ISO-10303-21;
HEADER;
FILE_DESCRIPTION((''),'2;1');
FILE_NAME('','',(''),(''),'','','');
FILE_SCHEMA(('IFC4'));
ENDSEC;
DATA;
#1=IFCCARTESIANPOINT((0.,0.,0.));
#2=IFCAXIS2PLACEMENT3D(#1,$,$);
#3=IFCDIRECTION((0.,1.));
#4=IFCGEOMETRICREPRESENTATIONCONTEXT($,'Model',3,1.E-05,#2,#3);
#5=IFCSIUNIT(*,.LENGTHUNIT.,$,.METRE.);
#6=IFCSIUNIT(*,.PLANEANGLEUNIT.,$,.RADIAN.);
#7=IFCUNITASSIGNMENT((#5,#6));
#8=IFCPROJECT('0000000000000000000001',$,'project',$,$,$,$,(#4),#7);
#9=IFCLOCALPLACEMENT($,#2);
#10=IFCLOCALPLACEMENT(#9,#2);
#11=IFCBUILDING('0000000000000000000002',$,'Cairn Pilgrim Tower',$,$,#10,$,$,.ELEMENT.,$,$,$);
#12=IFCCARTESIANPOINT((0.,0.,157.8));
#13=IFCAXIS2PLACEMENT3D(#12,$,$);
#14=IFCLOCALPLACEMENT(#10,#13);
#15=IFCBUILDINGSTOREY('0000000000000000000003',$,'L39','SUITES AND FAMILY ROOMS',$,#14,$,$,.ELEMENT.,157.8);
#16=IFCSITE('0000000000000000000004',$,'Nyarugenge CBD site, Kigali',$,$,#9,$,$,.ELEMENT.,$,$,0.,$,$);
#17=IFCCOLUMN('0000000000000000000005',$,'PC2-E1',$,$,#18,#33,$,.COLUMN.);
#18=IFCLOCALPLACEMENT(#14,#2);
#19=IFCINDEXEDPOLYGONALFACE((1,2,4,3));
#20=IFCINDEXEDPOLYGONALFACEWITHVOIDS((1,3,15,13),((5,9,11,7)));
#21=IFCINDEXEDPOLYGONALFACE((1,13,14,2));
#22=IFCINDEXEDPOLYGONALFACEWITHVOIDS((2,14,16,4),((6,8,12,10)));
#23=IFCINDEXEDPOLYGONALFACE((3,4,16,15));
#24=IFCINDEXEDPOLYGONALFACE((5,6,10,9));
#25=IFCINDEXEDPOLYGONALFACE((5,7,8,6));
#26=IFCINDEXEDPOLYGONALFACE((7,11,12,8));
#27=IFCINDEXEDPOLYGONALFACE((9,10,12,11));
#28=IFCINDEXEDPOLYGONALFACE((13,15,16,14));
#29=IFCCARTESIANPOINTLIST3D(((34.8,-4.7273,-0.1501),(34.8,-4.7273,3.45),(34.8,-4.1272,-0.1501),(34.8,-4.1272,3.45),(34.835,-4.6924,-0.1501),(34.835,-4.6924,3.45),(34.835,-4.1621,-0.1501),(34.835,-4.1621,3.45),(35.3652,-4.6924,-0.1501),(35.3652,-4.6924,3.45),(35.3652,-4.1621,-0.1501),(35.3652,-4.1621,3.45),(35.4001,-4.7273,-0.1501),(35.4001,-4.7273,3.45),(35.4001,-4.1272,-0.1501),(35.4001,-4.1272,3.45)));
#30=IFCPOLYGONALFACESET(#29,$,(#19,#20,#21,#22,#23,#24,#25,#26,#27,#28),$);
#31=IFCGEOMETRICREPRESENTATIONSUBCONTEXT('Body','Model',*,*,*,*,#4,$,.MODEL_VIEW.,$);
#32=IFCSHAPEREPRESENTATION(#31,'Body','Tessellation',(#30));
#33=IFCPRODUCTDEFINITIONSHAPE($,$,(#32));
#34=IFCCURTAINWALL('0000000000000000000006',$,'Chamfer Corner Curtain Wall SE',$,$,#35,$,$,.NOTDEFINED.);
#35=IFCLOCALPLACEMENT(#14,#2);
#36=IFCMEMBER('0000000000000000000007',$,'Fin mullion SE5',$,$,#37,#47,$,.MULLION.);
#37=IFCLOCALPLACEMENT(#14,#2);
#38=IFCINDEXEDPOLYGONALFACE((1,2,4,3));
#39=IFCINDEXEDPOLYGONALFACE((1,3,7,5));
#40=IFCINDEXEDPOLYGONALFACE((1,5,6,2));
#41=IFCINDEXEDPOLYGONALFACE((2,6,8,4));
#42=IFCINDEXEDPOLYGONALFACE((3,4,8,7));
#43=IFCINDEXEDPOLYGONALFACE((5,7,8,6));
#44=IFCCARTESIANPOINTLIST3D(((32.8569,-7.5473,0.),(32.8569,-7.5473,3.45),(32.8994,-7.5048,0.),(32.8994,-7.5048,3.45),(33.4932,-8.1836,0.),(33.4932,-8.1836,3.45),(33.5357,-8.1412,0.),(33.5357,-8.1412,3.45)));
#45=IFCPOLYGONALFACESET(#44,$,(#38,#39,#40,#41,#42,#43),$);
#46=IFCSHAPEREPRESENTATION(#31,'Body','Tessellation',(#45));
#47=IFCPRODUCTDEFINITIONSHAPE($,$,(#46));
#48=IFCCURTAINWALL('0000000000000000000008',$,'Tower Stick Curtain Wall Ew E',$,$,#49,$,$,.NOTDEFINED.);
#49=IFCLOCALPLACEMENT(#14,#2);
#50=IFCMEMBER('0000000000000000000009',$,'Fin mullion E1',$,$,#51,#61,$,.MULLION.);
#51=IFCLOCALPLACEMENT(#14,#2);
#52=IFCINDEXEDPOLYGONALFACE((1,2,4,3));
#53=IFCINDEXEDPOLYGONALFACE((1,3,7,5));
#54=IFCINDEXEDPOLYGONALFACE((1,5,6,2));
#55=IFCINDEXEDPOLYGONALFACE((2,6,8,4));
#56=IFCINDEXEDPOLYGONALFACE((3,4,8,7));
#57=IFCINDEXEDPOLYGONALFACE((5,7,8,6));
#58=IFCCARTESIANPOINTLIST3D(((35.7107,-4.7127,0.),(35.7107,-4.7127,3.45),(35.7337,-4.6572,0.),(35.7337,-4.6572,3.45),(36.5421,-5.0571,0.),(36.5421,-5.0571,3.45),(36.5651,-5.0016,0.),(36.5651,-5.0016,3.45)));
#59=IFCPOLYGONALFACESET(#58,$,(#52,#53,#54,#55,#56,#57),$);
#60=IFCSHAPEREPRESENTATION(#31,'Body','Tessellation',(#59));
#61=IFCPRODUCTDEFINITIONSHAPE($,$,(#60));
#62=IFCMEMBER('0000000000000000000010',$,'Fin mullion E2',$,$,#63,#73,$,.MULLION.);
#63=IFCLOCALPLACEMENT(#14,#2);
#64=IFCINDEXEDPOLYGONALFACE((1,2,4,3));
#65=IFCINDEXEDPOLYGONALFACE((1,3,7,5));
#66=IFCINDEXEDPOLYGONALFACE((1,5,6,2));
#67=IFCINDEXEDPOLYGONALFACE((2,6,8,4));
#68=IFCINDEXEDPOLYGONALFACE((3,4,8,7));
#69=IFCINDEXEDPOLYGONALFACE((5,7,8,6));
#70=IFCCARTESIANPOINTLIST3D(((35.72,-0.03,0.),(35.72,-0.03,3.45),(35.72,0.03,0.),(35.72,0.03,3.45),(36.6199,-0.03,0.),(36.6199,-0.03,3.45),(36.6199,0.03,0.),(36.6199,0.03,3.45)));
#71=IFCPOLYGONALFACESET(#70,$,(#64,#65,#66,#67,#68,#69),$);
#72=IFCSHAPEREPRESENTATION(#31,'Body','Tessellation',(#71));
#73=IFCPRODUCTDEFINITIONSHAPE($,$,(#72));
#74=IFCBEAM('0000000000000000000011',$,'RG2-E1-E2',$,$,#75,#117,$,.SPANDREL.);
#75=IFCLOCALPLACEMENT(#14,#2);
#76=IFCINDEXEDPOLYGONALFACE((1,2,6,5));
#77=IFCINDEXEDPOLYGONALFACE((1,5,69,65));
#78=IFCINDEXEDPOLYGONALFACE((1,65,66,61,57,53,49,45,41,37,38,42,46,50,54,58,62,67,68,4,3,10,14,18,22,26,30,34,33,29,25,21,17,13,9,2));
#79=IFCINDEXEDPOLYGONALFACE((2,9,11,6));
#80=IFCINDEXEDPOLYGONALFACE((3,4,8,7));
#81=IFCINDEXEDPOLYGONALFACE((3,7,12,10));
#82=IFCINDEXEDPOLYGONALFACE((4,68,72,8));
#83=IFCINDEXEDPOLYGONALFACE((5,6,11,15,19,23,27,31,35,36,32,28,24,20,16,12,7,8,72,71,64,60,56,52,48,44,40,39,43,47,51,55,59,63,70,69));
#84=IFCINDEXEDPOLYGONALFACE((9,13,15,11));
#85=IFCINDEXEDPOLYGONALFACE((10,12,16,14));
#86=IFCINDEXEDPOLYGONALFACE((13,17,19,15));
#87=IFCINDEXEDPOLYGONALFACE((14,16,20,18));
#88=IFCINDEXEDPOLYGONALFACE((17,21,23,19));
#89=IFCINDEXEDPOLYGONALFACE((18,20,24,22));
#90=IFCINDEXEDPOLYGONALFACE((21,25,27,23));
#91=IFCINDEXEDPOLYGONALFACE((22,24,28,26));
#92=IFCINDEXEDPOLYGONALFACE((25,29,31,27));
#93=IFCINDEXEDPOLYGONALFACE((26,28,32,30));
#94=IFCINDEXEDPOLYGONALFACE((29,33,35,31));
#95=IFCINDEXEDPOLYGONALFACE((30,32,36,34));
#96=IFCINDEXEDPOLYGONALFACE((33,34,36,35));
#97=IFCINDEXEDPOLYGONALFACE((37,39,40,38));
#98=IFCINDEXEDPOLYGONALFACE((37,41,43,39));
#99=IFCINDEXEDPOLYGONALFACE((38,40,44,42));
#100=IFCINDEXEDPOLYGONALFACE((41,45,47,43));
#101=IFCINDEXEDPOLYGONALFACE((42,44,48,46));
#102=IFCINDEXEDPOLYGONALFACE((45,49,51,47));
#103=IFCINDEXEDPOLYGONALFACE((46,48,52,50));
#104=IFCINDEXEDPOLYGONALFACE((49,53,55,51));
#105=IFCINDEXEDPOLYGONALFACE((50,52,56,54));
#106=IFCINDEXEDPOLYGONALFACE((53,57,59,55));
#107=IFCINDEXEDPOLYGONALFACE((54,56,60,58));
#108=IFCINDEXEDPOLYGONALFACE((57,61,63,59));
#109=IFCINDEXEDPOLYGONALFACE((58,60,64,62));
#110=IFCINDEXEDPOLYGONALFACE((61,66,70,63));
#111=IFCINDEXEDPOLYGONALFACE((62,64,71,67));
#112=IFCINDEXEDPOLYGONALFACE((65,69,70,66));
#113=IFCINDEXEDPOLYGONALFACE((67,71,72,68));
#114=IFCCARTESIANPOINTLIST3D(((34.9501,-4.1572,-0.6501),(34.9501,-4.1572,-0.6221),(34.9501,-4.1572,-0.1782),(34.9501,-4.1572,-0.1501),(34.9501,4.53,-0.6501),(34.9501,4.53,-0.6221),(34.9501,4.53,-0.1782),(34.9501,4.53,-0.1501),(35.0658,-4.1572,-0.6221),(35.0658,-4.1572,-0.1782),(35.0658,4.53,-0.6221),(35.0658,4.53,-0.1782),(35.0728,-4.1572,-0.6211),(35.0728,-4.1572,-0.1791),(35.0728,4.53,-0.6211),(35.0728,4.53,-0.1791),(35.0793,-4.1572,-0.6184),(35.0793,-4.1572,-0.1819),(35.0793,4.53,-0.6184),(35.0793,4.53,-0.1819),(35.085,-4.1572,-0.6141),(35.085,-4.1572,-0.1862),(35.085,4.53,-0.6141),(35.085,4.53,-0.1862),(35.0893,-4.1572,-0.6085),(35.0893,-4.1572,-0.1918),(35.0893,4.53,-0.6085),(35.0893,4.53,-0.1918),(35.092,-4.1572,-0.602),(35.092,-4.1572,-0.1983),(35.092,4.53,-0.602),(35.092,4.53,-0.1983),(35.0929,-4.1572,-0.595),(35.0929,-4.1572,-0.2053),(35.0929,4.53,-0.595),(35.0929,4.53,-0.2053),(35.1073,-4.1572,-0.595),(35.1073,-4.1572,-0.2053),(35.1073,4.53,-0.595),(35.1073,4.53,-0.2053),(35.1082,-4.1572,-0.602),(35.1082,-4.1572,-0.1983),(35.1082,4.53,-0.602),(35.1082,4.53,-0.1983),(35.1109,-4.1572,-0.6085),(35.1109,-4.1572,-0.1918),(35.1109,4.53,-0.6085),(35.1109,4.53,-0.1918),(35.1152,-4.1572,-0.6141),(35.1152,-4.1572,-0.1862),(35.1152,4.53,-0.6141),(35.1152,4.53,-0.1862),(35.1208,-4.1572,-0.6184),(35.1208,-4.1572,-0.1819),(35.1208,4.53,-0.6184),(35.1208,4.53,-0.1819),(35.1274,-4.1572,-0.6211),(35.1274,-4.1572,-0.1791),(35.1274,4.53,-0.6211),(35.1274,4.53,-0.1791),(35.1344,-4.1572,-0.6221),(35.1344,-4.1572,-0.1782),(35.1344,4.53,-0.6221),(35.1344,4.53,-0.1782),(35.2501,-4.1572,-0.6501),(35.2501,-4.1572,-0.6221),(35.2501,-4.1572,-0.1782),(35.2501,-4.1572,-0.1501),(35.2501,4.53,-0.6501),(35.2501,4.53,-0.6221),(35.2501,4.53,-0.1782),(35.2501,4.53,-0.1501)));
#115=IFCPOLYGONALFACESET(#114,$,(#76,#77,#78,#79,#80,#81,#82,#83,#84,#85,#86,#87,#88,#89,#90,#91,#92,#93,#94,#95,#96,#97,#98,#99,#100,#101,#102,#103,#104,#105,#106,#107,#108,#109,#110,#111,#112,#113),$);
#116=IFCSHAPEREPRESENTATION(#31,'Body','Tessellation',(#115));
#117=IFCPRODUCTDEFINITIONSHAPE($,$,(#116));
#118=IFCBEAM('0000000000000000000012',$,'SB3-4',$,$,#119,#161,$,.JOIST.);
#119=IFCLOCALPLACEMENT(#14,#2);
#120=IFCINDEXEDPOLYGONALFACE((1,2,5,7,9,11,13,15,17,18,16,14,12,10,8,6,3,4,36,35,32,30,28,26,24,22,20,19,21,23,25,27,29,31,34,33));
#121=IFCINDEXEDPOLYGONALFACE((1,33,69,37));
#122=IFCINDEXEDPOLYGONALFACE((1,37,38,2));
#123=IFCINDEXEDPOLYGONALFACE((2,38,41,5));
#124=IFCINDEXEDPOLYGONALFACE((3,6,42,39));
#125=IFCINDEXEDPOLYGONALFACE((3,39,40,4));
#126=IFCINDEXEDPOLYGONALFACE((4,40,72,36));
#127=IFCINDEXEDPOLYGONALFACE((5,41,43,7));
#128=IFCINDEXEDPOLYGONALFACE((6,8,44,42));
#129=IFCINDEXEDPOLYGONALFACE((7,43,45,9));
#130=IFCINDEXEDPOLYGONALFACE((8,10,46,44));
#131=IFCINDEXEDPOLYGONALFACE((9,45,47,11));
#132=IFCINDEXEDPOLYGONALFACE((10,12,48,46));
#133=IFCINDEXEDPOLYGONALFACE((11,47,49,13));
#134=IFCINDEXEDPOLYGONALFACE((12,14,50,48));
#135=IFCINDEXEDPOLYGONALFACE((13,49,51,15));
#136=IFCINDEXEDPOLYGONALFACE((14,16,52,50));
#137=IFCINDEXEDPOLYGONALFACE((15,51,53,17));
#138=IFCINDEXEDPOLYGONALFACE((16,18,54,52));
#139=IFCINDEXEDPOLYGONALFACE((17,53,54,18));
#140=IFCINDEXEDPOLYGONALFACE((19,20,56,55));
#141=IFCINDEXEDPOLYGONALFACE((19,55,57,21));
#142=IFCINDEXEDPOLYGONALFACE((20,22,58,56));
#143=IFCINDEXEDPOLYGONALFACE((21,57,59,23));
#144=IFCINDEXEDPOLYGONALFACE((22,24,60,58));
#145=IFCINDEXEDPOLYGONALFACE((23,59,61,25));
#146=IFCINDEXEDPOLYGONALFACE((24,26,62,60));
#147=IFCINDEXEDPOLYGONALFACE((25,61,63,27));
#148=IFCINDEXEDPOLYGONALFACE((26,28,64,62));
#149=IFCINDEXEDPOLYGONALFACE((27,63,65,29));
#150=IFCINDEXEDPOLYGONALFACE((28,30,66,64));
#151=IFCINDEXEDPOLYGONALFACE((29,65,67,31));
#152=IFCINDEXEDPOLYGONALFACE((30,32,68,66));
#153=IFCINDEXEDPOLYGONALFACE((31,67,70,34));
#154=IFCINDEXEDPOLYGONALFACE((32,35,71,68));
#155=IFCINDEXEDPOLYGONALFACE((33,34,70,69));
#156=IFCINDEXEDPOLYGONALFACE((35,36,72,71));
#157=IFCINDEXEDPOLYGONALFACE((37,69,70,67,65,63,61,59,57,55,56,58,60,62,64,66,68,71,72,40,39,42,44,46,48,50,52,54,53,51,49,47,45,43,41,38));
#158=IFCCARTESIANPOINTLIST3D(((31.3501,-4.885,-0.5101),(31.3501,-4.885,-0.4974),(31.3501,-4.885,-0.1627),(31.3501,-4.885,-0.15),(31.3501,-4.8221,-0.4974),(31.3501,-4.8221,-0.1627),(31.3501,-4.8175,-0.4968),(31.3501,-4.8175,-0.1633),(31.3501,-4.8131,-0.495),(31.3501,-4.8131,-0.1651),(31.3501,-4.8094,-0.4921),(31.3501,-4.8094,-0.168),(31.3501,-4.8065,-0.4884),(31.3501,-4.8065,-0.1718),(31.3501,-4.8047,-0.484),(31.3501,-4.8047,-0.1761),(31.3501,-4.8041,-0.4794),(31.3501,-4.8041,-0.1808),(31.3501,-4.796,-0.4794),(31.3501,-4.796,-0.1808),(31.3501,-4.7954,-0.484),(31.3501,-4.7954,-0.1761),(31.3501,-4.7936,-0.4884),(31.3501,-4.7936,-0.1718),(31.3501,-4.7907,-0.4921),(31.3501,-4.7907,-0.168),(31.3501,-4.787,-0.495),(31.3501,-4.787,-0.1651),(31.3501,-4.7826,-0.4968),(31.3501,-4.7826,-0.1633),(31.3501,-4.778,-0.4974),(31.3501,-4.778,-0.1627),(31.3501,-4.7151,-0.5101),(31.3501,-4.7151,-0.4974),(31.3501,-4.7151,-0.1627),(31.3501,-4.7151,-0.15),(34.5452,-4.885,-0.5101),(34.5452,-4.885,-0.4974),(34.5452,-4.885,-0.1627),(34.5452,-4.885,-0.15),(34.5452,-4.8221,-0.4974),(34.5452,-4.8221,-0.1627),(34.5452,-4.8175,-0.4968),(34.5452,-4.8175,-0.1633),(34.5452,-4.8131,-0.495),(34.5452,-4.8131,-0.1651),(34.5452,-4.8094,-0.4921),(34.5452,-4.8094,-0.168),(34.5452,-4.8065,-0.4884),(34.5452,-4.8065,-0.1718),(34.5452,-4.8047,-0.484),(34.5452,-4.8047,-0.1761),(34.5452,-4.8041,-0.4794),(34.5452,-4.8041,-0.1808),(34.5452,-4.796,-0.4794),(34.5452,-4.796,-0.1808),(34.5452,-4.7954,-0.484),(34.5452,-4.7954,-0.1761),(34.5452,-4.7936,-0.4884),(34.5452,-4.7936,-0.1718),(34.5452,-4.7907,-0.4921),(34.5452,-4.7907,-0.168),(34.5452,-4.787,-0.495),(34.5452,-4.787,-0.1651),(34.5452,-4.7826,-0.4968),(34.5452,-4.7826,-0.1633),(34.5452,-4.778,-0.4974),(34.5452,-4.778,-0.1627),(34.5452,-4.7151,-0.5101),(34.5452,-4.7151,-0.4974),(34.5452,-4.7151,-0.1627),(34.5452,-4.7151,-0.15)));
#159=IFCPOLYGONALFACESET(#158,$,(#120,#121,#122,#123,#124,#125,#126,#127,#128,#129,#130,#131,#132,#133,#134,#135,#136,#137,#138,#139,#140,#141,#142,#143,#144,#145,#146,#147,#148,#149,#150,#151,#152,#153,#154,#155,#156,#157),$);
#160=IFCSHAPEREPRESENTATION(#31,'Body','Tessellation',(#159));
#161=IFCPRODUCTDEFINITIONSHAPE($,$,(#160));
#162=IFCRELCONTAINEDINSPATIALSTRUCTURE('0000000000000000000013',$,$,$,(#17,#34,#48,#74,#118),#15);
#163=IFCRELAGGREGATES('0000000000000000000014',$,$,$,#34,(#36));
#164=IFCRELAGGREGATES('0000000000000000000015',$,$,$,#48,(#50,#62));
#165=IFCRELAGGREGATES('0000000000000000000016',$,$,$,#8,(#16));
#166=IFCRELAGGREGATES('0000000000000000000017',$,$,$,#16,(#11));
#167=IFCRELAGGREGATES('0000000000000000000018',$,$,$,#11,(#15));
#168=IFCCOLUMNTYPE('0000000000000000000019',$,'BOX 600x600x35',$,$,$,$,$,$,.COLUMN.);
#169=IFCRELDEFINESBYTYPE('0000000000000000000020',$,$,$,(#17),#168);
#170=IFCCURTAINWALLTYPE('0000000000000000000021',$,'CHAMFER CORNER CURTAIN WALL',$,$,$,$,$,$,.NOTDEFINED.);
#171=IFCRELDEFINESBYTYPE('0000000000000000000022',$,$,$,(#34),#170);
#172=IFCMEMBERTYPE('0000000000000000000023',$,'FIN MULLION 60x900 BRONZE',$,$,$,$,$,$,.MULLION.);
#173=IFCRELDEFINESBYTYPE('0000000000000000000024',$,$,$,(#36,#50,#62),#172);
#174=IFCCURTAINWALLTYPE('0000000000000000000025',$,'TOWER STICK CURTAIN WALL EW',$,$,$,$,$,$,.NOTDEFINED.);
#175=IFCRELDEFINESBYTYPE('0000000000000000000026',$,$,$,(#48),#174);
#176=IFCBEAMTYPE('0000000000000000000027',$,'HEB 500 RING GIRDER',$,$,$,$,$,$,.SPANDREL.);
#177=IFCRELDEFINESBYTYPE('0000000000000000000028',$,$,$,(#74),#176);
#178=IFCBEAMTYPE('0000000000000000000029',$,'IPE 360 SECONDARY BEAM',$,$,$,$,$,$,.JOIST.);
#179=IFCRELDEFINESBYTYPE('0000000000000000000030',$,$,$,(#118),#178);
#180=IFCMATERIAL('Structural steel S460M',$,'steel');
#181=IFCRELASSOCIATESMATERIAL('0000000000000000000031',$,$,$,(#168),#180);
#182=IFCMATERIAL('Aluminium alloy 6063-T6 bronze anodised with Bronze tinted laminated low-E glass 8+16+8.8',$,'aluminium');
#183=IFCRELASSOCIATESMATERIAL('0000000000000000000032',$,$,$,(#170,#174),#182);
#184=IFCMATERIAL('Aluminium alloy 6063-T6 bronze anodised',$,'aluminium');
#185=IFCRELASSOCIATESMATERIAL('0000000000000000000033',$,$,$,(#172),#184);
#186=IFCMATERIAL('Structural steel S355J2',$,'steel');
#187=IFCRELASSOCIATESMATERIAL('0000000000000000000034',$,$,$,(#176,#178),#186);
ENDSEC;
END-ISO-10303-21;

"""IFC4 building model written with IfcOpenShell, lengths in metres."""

from ifc_helpers import new_model, si_unit, direction, frame, origin, origin_2d, place, context, subcontext, project, spatial, rectangle, hollow_rectangle, i_section, extrude, material, material_profile, profile_set, type_object, element, aggregate, save


model = new_model("IFC4")

# Units and contexts
model_context = context("Model", 3, precision=1e-05, world=origin(), true_north=direction((0.0, 1.0)))
body_context = subcontext(model_context, "Body", "Model", "MODEL_VIEW")
ifc_project = project(units=[si_unit("LENGTHUNIT", "METRE"), si_unit("PLANEANGLEUNIT", "RADIAN")], contexts=[model_context])

# Site, building, storey
site_placement = place(None, origin())
site = spatial("IfcSite", under=ifc_project, at=site_placement, Name="Nyarugenge CBD site, Kigali", CompositionType="ELEMENT", RefElevation=0.0)
building_placement = place(site_placement, origin())
building = spatial("IfcBuilding", under=site, at=building_placement, Name="Cairn Pilgrim Tower", CompositionType="ELEMENT")
storey_placement = place(building_placement, frame((0.0, 0.0, 157.8)))
storey = spatial("IfcBuildingStorey", under=building, at=storey_placement, Name="L39", Description="SUITES AND FAMILY ROOMS", CompositionType="ELEMENT", Elevation=157.8)

# Column
ifc_material_1 = material(Name="Structural steel S460M", Category="steel")
ifc_material_profile_1 = material_profile(ifc_material_1, hollow_rectangle(XDim=0.6001, YDim=0.6001, WallThickness=0.0349, at=origin_2d()), Name="BOX 600x600x35")
ifc_profile_set_1 = profile_set([ifc_material_profile_1], Name="Structural steel S460M")
column_type = type_object("IfcColumnType", Name="BOX 600x600x35", PredefinedType="COLUMN", material=ifc_profile_set_1)
column_placement = place(storey_placement, frame((35.1001, -4.4272, -0.1501), z_axis=(0.0, 0.0, 1.0), x_axis=(1.0, 0.0, 0.0)))
element("IfcColumn", 1, at=column_placement, inside=storey, type_object=column_type, Name="PC2-E1", PredefinedType="COLUMN", context=body_context, shape_type="SweptSolid", body=[
    extrude(hollow_rectangle(XDim=0.6001, YDim=0.6001, WallThickness=0.0349, at=origin_2d()), origin(), (0.0, 0.0, 1.0), 3.6001),
])

# Curtain wall, member
ifc_material_2 = material(Name="Aluminium alloy 6063-T6 bronze anodised with Bronze tinted laminated low-E glass 8+16+8.8", Category="aluminium")
curtain_wall_type_1 = type_object("IfcCurtainWallType", Name="CHAMFER CORNER CURTAIN WALL", PredefinedType="NOTDEFINED", material=ifc_material_2)
curtain_wall_1_placement = place(storey_placement, origin())
curtain_wall_1 = element("IfcCurtainWall", 2, at=curtain_wall_1_placement, inside=storey, type_object=curtain_wall_type_1, Name="Chamfer Corner Curtain Wall SE", PredefinedType="NOTDEFINED")
ifc_material_3 = material(Name="Aluminium alloy 6063-T6 bronze anodised", Category="aluminium")
ifc_material_profile_2 = material_profile(ifc_material_3, rectangle(XDim=0.8999, YDim=0.0601, at=origin_2d()), Name="FIN MULLION 60x900 BRONZE")
ifc_profile_set_2 = profile_set([ifc_material_profile_2], Name="Aluminium alloy 6063-T6 bronze anodised")
member_type_1 = type_object("IfcMemberType", Name="FIN MULLION 60x900 BRONZE", PredefinedType="MULLION", material=ifc_profile_set_2)
member_1_placement = place(storey_placement, frame((33.1963, -7.8442, 0.0), z_axis=(0.0, 0.0, 1.0), x_axis=(0.707107, -0.707107, 0.0)))
member_1 = element("IfcMember", 3, at=member_1_placement, type_object=member_type_1, Name="Fin mullion SE5", PredefinedType="MULLION", context=body_context, shape_type="SweptSolid", body=[
    extrude(rectangle(XDim=0.8999, YDim=0.0601, at=origin_2d()), origin(), (0.0, 0.0, 1.0), 3.45),
])
aggregate(curtain_wall_1, [member_1])

# Curtain wall, members
curtain_wall_type_2 = type_object("IfcCurtainWallType", Name="TOWER STICK CURTAIN WALL EW", PredefinedType="NOTDEFINED", material=ifc_material_2)
curtain_wall_2_placement = place(storey_placement, origin())
curtain_wall_2 = element("IfcCurtainWall", 4, at=curtain_wall_2_placement, inside=storey, type_object=curtain_wall_type_2, Name="Tower Stick Curtain Wall Ew E", PredefinedType="NOTDEFINED")
member_2_placement = place(storey_placement, frame((36.1379, -4.8572, 0.0), z_axis=(0.0, 0.0, 1.0), x_axis=(0.92388, -0.382683, 0.0)))
member_2 = element("IfcMember", 5, at=member_2_placement, type_object=member_type_1, Name="Fin mullion E1", PredefinedType="MULLION", context=body_context, shape_type="SweptSolid", body=[
    extrude(rectangle(XDim=0.8999, YDim=0.0601, at=origin_2d()), origin(), (0.0, 0.0, 1.0), 3.45),
])
member_3_placement = place(storey_placement, frame((36.1699, 0.0, 0.0), z_axis=(0.0, 0.0, 1.0), x_axis=(1.0, 0.0, 0.0)))
member_3 = element("IfcMember", 6, at=member_3_placement, type_object=member_type_1, Name="Fin mullion E2", PredefinedType="MULLION", context=body_context, shape_type="SweptSolid", body=[
    extrude(rectangle(XDim=0.8999, YDim=0.0601, at=origin_2d()), origin(), (0.0, 0.0, 1.0), 3.45),
])

# Beams
ifc_material_4 = material(Name="Structural steel S355J2", Category="steel")
ifc_material_profile_3 = material_profile(ifc_material_4, i_section(OverallWidth=0.3, OverallDepth=0.5, WebThickness=0.0144, FlangeThickness=0.0281, FilletRadius=0.0271, at=origin_2d()), Name="HEB 500")
ifc_profile_set_3 = profile_set([ifc_material_profile_3], Name="Structural steel S355J2")
beam_type_1 = type_object("IfcBeamType", Name="HEB 500 RING GIRDER", PredefinedType="SPANDREL", material=ifc_profile_set_3)
beam_1_placement = place(storey_placement, frame((35.1001, -4.1572, -0.4001), z_axis=(0.0, 1.0, 0.0), x_axis=(-1.0, 0.0, 0.0)))
element("IfcBeam", 7, at=beam_1_placement, inside=storey, type_object=beam_type_1, Name="RG2-E1-E2", PredefinedType="SPANDREL", context=body_context, shape_type="SweptSolid", body=[
    extrude(i_section(OverallWidth=0.3, OverallDepth=0.5, WebThickness=0.0144, FlangeThickness=0.0281, FilletRadius=0.0271, at=origin_2d()), origin(), (0.0, 0.0, 1.0), 8.6873),
])
ifc_material_profile_4 = material_profile(ifc_material_4, i_section(OverallWidth=0.1699, OverallDepth=0.3601, WebThickness=0.0081, FlangeThickness=0.0127, FilletRadius=0.0181, at=origin_2d()), Name="IPE 360")
ifc_profile_set_4 = profile_set([ifc_material_profile_4], Name="Structural steel S355J2")
beam_type_2 = type_object("IfcBeamType", Name="IPE 360 SECONDARY BEAM", PredefinedType="JOIST", material=ifc_profile_set_4)
beam_2_placement = place(storey_placement, frame((31.3501, -4.8, -0.3301), z_axis=(1.0, 0.0, 0.0), x_axis=(0.0, 1.0, 0.0)))
element("IfcBeam", 8, at=beam_2_placement, inside=storey, type_object=beam_type_2, Name="SB3-4", PredefinedType="JOIST", context=body_context, shape_type="SweptSolid", body=[
    extrude(i_section(OverallWidth=0.1699, OverallDepth=0.3601, WebThickness=0.0081, FlangeThickness=0.0127, FilletRadius=0.0181, at=origin_2d()), origin(), (0.0, 0.0, 1.0), 3.1951),
])

aggregate(curtain_wall_2, [member_2, member_3])

save(model, "model.ifc")
